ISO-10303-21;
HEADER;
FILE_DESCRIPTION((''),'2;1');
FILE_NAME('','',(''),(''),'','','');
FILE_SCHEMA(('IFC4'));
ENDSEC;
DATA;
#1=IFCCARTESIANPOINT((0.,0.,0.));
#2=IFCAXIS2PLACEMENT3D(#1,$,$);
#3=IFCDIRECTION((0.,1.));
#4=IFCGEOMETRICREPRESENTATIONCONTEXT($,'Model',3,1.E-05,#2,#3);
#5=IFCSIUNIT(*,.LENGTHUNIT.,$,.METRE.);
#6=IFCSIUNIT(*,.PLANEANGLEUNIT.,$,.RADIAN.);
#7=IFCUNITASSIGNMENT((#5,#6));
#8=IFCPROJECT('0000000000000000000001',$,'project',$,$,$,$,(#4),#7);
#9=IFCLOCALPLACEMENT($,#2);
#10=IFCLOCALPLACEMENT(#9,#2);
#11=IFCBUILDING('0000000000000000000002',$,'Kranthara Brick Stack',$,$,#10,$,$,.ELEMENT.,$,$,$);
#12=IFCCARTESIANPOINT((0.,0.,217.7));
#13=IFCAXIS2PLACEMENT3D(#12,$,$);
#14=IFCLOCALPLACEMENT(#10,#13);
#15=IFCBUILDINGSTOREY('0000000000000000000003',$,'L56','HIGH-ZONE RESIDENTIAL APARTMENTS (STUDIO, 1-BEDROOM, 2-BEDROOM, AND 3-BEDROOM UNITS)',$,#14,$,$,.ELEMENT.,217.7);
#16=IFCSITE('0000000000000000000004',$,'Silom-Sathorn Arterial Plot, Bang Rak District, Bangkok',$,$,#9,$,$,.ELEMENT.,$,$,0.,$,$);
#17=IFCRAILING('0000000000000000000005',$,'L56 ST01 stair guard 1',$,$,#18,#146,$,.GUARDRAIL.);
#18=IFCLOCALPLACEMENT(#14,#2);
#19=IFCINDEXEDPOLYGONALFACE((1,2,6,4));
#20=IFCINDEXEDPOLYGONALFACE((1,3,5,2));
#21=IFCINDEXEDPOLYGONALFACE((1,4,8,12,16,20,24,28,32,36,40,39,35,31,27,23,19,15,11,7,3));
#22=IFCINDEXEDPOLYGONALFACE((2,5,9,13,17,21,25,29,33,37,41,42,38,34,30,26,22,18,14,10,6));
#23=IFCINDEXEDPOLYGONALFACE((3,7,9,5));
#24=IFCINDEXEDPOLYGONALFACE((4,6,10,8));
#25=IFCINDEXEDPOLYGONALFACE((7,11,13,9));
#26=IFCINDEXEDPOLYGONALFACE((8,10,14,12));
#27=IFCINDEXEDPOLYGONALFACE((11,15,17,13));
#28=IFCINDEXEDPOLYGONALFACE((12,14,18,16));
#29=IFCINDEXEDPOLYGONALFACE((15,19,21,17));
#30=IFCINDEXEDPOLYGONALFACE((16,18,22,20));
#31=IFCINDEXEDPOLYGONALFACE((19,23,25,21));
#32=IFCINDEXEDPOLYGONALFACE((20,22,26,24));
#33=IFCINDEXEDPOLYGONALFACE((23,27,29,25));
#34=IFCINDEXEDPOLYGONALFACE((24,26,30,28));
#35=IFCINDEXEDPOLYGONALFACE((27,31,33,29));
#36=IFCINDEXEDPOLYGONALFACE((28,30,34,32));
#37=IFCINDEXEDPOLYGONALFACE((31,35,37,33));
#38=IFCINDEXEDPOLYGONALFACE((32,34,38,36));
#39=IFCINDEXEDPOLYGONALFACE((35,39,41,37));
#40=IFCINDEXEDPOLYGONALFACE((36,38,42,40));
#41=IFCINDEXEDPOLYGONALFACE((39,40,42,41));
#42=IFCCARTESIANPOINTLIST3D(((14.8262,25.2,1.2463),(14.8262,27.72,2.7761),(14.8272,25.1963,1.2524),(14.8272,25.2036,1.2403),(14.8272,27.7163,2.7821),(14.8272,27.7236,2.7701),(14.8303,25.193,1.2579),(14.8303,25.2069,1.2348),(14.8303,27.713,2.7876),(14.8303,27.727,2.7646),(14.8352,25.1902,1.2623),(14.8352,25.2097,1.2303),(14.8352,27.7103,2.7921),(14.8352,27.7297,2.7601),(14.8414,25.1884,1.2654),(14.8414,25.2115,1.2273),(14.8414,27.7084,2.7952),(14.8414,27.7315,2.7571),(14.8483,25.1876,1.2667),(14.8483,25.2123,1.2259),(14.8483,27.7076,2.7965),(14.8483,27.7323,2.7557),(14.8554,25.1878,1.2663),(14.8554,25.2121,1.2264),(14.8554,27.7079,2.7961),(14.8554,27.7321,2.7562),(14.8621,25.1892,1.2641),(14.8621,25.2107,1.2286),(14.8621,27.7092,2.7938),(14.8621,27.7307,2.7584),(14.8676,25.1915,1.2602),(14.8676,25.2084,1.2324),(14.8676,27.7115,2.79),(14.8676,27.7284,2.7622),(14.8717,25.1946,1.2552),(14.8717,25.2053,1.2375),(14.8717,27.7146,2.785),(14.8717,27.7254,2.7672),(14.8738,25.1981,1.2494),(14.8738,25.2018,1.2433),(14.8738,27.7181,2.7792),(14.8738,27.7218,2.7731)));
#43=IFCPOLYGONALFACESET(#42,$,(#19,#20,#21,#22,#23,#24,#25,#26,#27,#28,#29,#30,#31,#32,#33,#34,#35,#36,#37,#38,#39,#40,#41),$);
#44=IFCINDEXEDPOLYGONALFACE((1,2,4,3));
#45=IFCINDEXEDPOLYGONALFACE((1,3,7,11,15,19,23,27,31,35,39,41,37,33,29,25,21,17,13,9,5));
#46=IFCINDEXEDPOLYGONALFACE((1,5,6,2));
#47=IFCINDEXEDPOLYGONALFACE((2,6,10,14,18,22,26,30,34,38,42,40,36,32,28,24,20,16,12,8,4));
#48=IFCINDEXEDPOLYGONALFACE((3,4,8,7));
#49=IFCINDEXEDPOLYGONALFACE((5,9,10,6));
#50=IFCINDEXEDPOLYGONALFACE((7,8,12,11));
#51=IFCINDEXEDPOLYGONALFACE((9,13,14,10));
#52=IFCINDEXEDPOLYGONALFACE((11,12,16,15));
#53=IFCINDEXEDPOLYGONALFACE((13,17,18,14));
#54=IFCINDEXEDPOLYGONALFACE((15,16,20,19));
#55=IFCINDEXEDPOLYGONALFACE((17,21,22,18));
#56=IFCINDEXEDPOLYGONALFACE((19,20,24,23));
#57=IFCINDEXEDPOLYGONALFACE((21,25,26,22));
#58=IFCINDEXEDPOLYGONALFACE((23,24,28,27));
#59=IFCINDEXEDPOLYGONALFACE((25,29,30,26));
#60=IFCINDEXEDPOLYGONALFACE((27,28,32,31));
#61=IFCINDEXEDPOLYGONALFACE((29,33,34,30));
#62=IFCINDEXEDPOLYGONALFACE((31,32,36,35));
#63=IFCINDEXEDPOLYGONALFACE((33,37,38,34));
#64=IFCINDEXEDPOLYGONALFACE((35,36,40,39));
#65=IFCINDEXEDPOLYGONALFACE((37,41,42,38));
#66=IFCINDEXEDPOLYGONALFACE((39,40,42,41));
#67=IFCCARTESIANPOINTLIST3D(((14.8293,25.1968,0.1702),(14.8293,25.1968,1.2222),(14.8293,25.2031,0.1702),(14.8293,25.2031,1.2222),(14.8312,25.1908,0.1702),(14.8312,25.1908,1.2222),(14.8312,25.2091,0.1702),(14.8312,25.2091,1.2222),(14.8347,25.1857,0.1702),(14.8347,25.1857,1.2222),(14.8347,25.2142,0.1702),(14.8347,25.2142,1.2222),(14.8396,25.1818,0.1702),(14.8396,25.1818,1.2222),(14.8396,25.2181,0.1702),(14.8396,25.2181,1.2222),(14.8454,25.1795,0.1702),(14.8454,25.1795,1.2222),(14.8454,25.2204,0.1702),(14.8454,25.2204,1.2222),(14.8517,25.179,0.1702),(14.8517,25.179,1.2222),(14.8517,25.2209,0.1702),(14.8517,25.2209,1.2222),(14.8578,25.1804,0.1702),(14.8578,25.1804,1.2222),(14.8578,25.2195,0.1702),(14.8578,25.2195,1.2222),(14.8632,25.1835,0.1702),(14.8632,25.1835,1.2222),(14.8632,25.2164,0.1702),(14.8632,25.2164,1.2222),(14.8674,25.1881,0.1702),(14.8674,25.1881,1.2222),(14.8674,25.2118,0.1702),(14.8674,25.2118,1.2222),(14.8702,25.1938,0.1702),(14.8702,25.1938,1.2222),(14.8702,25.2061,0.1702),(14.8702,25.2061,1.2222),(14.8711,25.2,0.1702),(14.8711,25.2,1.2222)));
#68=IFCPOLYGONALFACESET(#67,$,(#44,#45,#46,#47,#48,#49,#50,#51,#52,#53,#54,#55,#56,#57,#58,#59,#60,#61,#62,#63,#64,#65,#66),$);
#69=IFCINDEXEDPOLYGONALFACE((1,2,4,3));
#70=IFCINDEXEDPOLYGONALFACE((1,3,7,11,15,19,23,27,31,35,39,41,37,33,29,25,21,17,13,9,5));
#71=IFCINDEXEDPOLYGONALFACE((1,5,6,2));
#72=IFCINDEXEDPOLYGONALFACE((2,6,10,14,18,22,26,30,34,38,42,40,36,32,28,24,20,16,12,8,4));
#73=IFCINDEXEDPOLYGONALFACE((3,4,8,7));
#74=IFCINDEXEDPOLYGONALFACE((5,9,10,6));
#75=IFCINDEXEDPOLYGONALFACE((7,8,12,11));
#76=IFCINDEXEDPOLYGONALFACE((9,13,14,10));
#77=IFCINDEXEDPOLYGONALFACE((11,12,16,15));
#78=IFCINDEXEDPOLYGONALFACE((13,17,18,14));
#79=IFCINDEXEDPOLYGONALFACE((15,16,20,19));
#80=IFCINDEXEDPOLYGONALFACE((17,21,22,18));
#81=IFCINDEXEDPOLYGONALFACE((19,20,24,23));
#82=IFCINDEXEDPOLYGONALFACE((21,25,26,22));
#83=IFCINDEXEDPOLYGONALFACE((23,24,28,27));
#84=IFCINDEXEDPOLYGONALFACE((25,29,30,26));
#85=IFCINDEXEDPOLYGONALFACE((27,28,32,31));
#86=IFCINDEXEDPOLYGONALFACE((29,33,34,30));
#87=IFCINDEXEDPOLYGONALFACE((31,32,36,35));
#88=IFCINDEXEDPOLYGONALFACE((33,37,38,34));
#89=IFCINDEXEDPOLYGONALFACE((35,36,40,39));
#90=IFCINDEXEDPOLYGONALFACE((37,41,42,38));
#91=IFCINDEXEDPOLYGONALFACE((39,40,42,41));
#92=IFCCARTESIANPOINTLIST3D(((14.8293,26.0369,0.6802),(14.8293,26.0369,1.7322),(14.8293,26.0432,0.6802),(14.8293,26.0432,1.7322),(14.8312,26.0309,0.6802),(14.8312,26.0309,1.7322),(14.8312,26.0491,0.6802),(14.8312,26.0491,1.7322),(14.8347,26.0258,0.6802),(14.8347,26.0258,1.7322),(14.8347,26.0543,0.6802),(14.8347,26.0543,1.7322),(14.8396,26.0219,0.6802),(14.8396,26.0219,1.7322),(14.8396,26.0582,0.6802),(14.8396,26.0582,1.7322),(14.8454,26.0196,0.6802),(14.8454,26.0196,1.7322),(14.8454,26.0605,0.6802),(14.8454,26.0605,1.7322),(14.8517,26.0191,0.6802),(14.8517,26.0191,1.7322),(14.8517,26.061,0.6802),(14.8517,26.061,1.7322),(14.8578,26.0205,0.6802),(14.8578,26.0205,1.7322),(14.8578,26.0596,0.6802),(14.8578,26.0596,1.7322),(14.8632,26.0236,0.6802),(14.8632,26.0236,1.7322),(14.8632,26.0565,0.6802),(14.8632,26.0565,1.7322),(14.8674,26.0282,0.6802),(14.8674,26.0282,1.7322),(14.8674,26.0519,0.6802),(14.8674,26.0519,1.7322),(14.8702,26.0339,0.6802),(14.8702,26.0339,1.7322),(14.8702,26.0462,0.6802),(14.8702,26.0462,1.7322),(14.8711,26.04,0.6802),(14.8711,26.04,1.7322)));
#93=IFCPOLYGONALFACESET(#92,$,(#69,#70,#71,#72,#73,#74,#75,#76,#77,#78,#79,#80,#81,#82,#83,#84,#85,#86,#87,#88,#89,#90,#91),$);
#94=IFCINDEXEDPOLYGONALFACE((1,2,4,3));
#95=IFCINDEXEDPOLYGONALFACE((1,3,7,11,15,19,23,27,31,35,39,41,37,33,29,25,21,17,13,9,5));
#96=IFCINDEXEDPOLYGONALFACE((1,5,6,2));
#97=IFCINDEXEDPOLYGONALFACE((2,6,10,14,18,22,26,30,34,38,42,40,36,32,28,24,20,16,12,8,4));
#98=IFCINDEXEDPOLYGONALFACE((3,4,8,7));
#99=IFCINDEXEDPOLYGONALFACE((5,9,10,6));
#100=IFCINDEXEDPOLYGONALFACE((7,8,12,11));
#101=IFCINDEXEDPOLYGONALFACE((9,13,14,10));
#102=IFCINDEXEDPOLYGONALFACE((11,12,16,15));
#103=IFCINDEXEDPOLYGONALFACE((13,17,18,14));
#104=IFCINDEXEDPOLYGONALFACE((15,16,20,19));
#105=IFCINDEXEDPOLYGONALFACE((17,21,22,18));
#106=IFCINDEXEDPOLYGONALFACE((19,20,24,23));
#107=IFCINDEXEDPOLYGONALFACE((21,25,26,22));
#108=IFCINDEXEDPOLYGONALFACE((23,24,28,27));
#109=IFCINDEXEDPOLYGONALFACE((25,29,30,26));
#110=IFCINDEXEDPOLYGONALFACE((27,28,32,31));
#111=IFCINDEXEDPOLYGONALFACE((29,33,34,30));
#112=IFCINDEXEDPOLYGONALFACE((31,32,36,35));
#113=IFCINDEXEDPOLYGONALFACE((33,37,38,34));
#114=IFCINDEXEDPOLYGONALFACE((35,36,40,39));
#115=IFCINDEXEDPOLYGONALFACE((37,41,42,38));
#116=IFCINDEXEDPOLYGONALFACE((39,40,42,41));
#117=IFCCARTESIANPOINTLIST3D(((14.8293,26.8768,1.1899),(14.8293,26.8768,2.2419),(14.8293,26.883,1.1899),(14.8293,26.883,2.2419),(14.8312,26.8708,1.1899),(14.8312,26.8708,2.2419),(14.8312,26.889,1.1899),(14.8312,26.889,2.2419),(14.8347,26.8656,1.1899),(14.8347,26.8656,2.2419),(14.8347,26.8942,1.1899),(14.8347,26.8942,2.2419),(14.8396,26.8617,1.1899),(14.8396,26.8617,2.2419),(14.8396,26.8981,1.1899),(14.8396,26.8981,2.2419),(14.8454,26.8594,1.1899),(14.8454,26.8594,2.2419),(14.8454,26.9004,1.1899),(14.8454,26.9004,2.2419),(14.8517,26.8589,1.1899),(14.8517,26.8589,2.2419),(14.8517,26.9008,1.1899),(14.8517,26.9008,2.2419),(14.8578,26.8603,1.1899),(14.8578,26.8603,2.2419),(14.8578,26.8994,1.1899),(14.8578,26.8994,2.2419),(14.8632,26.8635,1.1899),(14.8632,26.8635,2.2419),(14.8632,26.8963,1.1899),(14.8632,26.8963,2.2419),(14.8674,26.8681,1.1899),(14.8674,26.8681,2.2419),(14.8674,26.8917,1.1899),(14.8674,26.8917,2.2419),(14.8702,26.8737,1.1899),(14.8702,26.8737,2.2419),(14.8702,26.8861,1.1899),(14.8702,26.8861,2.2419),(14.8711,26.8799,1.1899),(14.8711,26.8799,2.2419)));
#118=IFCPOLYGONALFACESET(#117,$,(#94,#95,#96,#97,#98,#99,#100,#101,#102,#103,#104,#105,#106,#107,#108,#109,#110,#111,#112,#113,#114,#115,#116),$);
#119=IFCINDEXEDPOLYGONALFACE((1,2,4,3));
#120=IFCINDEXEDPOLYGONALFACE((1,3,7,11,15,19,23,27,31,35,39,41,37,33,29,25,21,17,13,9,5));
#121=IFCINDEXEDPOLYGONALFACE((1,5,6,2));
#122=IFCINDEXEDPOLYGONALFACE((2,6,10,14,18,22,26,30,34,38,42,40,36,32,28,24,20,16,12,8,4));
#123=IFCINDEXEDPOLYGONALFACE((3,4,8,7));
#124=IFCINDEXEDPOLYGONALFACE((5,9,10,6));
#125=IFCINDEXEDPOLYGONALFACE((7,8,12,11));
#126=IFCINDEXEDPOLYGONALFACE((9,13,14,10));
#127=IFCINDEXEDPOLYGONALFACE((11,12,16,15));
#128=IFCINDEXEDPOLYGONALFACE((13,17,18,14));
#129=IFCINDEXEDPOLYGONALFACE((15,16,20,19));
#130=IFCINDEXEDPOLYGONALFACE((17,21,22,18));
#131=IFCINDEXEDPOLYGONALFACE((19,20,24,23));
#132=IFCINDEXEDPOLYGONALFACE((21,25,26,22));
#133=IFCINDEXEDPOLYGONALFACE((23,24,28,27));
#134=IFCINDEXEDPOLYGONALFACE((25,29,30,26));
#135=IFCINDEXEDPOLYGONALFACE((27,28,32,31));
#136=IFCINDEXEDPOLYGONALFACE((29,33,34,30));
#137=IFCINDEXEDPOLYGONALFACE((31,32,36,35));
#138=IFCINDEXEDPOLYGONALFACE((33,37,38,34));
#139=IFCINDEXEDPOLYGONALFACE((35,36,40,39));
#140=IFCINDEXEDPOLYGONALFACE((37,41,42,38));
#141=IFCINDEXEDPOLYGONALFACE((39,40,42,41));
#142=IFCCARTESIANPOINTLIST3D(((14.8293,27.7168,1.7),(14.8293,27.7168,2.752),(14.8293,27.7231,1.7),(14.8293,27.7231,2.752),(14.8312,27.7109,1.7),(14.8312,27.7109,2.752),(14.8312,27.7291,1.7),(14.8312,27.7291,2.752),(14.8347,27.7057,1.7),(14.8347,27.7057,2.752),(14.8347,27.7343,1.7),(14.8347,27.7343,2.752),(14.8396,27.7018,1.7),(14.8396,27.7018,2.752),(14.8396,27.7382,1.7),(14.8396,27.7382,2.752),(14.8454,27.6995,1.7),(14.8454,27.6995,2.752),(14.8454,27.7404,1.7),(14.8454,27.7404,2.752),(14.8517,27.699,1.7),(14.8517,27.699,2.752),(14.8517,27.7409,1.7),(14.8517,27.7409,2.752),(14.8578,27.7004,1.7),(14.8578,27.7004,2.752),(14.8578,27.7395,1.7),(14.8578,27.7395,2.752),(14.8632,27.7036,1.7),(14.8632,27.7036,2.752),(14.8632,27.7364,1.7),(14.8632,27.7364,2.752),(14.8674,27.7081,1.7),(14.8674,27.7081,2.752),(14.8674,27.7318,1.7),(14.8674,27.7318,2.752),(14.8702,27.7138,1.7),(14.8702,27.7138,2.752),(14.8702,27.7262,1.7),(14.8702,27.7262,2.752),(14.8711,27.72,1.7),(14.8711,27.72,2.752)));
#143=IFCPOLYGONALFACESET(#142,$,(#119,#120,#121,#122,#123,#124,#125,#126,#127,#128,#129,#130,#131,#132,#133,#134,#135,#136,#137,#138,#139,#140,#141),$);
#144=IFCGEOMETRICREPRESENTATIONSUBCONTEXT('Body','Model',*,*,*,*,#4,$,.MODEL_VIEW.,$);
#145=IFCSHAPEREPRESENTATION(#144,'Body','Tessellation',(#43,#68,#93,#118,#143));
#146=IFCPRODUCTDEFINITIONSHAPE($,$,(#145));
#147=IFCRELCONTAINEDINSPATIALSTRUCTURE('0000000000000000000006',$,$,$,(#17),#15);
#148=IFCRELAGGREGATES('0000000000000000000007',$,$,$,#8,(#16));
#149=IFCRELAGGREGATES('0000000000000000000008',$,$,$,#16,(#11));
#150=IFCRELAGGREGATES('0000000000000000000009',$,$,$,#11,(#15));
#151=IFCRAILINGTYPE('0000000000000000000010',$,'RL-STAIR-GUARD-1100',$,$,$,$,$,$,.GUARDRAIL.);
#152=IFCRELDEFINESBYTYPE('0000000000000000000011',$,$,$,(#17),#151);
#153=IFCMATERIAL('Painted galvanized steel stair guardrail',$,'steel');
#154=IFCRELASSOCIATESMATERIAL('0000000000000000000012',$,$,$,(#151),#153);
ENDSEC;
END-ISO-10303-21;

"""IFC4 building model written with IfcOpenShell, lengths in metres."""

from ifc_helpers import new_model, si_unit, direction, frame, origin, origin_2d, place, context, subcontext, project, spatial, circle, extrude, material, type_object, element, save


model = new_model("IFC4")

# Units and contexts
model_context = context("Model", 3, precision=1e-05, world=origin(), true_north=direction((0.0, 1.0)))
body_context = subcontext(model_context, "Body", "Model", "MODEL_VIEW")
ifc_project = project(units=[si_unit("LENGTHUNIT", "METRE"), si_unit("PLANEANGLEUNIT", "RADIAN")], contexts=[model_context])

# Site, building, storey
site_placement = place(None, origin())
site = spatial("IfcSite", under=ifc_project, at=site_placement, Name="Silom-Sathorn Arterial Plot, Bang Rak District, Bangkok", CompositionType="ELEMENT", RefElevation=0.0)
building_placement = place(site_placement, origin())
building = spatial("IfcBuilding", under=site, at=building_placement, Name="Kranthara Brick Stack", CompositionType="ELEMENT")
storey_placement = place(building_placement, frame((0.0, 0.0, 217.7)))
storey = spatial("IfcBuildingStorey", under=building, at=storey_placement, Name="L56", Description="HIGH-ZONE RESIDENTIAL APARTMENTS (STUDIO, 1-BEDROOM, 2-BEDROOM, AND 3-BEDROOM UNITS)", CompositionType="ELEMENT", Elevation=217.7)

# Railing
ifc_material_1 = material(Name="Painted galvanized steel stair guardrail", Category="steel")
railing_type_1 = type_object("IfcRailingType", Name="RL-STAIR-GUARD-1100", PredefinedType="GUARDRAIL", material=ifc_material_1)
railing_1_placement = place(storey_placement, frame((14.8501, 25.2, 0.1702)))
element("IfcRailing", 1, at=railing_1_placement, inside=storey, type_object=railing_type_1, Name="L56 ST01 stair guard 1", PredefinedType="GUARDRAIL", context=body_context, shape_type="SweptSolid", body=[
    extrude(circle(Radius=0.0239, at=origin_2d()), frame((0.0, 0.0, 1.0762), z_axis=(0.0, 0.854822, 0.518922), x_axis=(-1.0, 0.0, 0.0)), (0.0, 0.0, 1.0), 2.948),
    extrude(circle(Radius=0.021, at=origin_2d()), origin(), (0.0, 0.0, 1.0), 1.052),
    extrude(circle(Radius=0.021, at=origin_2d()), frame((0.0, 0.8401, 0.51)), (0.0, 0.0, 1.0), 1.052),
    extrude(circle(Radius=0.021, at=origin_2d()), frame((0.0, 1.6799, 1.0198)), (0.0, 0.0, 1.0), 1.052),
    extrude(circle(Radius=0.021, at=origin_2d()), frame((0.0, 2.52, 1.5298)), (0.0, 0.0, 1.0), 1.052),
])

save(model, "model.ifc")
